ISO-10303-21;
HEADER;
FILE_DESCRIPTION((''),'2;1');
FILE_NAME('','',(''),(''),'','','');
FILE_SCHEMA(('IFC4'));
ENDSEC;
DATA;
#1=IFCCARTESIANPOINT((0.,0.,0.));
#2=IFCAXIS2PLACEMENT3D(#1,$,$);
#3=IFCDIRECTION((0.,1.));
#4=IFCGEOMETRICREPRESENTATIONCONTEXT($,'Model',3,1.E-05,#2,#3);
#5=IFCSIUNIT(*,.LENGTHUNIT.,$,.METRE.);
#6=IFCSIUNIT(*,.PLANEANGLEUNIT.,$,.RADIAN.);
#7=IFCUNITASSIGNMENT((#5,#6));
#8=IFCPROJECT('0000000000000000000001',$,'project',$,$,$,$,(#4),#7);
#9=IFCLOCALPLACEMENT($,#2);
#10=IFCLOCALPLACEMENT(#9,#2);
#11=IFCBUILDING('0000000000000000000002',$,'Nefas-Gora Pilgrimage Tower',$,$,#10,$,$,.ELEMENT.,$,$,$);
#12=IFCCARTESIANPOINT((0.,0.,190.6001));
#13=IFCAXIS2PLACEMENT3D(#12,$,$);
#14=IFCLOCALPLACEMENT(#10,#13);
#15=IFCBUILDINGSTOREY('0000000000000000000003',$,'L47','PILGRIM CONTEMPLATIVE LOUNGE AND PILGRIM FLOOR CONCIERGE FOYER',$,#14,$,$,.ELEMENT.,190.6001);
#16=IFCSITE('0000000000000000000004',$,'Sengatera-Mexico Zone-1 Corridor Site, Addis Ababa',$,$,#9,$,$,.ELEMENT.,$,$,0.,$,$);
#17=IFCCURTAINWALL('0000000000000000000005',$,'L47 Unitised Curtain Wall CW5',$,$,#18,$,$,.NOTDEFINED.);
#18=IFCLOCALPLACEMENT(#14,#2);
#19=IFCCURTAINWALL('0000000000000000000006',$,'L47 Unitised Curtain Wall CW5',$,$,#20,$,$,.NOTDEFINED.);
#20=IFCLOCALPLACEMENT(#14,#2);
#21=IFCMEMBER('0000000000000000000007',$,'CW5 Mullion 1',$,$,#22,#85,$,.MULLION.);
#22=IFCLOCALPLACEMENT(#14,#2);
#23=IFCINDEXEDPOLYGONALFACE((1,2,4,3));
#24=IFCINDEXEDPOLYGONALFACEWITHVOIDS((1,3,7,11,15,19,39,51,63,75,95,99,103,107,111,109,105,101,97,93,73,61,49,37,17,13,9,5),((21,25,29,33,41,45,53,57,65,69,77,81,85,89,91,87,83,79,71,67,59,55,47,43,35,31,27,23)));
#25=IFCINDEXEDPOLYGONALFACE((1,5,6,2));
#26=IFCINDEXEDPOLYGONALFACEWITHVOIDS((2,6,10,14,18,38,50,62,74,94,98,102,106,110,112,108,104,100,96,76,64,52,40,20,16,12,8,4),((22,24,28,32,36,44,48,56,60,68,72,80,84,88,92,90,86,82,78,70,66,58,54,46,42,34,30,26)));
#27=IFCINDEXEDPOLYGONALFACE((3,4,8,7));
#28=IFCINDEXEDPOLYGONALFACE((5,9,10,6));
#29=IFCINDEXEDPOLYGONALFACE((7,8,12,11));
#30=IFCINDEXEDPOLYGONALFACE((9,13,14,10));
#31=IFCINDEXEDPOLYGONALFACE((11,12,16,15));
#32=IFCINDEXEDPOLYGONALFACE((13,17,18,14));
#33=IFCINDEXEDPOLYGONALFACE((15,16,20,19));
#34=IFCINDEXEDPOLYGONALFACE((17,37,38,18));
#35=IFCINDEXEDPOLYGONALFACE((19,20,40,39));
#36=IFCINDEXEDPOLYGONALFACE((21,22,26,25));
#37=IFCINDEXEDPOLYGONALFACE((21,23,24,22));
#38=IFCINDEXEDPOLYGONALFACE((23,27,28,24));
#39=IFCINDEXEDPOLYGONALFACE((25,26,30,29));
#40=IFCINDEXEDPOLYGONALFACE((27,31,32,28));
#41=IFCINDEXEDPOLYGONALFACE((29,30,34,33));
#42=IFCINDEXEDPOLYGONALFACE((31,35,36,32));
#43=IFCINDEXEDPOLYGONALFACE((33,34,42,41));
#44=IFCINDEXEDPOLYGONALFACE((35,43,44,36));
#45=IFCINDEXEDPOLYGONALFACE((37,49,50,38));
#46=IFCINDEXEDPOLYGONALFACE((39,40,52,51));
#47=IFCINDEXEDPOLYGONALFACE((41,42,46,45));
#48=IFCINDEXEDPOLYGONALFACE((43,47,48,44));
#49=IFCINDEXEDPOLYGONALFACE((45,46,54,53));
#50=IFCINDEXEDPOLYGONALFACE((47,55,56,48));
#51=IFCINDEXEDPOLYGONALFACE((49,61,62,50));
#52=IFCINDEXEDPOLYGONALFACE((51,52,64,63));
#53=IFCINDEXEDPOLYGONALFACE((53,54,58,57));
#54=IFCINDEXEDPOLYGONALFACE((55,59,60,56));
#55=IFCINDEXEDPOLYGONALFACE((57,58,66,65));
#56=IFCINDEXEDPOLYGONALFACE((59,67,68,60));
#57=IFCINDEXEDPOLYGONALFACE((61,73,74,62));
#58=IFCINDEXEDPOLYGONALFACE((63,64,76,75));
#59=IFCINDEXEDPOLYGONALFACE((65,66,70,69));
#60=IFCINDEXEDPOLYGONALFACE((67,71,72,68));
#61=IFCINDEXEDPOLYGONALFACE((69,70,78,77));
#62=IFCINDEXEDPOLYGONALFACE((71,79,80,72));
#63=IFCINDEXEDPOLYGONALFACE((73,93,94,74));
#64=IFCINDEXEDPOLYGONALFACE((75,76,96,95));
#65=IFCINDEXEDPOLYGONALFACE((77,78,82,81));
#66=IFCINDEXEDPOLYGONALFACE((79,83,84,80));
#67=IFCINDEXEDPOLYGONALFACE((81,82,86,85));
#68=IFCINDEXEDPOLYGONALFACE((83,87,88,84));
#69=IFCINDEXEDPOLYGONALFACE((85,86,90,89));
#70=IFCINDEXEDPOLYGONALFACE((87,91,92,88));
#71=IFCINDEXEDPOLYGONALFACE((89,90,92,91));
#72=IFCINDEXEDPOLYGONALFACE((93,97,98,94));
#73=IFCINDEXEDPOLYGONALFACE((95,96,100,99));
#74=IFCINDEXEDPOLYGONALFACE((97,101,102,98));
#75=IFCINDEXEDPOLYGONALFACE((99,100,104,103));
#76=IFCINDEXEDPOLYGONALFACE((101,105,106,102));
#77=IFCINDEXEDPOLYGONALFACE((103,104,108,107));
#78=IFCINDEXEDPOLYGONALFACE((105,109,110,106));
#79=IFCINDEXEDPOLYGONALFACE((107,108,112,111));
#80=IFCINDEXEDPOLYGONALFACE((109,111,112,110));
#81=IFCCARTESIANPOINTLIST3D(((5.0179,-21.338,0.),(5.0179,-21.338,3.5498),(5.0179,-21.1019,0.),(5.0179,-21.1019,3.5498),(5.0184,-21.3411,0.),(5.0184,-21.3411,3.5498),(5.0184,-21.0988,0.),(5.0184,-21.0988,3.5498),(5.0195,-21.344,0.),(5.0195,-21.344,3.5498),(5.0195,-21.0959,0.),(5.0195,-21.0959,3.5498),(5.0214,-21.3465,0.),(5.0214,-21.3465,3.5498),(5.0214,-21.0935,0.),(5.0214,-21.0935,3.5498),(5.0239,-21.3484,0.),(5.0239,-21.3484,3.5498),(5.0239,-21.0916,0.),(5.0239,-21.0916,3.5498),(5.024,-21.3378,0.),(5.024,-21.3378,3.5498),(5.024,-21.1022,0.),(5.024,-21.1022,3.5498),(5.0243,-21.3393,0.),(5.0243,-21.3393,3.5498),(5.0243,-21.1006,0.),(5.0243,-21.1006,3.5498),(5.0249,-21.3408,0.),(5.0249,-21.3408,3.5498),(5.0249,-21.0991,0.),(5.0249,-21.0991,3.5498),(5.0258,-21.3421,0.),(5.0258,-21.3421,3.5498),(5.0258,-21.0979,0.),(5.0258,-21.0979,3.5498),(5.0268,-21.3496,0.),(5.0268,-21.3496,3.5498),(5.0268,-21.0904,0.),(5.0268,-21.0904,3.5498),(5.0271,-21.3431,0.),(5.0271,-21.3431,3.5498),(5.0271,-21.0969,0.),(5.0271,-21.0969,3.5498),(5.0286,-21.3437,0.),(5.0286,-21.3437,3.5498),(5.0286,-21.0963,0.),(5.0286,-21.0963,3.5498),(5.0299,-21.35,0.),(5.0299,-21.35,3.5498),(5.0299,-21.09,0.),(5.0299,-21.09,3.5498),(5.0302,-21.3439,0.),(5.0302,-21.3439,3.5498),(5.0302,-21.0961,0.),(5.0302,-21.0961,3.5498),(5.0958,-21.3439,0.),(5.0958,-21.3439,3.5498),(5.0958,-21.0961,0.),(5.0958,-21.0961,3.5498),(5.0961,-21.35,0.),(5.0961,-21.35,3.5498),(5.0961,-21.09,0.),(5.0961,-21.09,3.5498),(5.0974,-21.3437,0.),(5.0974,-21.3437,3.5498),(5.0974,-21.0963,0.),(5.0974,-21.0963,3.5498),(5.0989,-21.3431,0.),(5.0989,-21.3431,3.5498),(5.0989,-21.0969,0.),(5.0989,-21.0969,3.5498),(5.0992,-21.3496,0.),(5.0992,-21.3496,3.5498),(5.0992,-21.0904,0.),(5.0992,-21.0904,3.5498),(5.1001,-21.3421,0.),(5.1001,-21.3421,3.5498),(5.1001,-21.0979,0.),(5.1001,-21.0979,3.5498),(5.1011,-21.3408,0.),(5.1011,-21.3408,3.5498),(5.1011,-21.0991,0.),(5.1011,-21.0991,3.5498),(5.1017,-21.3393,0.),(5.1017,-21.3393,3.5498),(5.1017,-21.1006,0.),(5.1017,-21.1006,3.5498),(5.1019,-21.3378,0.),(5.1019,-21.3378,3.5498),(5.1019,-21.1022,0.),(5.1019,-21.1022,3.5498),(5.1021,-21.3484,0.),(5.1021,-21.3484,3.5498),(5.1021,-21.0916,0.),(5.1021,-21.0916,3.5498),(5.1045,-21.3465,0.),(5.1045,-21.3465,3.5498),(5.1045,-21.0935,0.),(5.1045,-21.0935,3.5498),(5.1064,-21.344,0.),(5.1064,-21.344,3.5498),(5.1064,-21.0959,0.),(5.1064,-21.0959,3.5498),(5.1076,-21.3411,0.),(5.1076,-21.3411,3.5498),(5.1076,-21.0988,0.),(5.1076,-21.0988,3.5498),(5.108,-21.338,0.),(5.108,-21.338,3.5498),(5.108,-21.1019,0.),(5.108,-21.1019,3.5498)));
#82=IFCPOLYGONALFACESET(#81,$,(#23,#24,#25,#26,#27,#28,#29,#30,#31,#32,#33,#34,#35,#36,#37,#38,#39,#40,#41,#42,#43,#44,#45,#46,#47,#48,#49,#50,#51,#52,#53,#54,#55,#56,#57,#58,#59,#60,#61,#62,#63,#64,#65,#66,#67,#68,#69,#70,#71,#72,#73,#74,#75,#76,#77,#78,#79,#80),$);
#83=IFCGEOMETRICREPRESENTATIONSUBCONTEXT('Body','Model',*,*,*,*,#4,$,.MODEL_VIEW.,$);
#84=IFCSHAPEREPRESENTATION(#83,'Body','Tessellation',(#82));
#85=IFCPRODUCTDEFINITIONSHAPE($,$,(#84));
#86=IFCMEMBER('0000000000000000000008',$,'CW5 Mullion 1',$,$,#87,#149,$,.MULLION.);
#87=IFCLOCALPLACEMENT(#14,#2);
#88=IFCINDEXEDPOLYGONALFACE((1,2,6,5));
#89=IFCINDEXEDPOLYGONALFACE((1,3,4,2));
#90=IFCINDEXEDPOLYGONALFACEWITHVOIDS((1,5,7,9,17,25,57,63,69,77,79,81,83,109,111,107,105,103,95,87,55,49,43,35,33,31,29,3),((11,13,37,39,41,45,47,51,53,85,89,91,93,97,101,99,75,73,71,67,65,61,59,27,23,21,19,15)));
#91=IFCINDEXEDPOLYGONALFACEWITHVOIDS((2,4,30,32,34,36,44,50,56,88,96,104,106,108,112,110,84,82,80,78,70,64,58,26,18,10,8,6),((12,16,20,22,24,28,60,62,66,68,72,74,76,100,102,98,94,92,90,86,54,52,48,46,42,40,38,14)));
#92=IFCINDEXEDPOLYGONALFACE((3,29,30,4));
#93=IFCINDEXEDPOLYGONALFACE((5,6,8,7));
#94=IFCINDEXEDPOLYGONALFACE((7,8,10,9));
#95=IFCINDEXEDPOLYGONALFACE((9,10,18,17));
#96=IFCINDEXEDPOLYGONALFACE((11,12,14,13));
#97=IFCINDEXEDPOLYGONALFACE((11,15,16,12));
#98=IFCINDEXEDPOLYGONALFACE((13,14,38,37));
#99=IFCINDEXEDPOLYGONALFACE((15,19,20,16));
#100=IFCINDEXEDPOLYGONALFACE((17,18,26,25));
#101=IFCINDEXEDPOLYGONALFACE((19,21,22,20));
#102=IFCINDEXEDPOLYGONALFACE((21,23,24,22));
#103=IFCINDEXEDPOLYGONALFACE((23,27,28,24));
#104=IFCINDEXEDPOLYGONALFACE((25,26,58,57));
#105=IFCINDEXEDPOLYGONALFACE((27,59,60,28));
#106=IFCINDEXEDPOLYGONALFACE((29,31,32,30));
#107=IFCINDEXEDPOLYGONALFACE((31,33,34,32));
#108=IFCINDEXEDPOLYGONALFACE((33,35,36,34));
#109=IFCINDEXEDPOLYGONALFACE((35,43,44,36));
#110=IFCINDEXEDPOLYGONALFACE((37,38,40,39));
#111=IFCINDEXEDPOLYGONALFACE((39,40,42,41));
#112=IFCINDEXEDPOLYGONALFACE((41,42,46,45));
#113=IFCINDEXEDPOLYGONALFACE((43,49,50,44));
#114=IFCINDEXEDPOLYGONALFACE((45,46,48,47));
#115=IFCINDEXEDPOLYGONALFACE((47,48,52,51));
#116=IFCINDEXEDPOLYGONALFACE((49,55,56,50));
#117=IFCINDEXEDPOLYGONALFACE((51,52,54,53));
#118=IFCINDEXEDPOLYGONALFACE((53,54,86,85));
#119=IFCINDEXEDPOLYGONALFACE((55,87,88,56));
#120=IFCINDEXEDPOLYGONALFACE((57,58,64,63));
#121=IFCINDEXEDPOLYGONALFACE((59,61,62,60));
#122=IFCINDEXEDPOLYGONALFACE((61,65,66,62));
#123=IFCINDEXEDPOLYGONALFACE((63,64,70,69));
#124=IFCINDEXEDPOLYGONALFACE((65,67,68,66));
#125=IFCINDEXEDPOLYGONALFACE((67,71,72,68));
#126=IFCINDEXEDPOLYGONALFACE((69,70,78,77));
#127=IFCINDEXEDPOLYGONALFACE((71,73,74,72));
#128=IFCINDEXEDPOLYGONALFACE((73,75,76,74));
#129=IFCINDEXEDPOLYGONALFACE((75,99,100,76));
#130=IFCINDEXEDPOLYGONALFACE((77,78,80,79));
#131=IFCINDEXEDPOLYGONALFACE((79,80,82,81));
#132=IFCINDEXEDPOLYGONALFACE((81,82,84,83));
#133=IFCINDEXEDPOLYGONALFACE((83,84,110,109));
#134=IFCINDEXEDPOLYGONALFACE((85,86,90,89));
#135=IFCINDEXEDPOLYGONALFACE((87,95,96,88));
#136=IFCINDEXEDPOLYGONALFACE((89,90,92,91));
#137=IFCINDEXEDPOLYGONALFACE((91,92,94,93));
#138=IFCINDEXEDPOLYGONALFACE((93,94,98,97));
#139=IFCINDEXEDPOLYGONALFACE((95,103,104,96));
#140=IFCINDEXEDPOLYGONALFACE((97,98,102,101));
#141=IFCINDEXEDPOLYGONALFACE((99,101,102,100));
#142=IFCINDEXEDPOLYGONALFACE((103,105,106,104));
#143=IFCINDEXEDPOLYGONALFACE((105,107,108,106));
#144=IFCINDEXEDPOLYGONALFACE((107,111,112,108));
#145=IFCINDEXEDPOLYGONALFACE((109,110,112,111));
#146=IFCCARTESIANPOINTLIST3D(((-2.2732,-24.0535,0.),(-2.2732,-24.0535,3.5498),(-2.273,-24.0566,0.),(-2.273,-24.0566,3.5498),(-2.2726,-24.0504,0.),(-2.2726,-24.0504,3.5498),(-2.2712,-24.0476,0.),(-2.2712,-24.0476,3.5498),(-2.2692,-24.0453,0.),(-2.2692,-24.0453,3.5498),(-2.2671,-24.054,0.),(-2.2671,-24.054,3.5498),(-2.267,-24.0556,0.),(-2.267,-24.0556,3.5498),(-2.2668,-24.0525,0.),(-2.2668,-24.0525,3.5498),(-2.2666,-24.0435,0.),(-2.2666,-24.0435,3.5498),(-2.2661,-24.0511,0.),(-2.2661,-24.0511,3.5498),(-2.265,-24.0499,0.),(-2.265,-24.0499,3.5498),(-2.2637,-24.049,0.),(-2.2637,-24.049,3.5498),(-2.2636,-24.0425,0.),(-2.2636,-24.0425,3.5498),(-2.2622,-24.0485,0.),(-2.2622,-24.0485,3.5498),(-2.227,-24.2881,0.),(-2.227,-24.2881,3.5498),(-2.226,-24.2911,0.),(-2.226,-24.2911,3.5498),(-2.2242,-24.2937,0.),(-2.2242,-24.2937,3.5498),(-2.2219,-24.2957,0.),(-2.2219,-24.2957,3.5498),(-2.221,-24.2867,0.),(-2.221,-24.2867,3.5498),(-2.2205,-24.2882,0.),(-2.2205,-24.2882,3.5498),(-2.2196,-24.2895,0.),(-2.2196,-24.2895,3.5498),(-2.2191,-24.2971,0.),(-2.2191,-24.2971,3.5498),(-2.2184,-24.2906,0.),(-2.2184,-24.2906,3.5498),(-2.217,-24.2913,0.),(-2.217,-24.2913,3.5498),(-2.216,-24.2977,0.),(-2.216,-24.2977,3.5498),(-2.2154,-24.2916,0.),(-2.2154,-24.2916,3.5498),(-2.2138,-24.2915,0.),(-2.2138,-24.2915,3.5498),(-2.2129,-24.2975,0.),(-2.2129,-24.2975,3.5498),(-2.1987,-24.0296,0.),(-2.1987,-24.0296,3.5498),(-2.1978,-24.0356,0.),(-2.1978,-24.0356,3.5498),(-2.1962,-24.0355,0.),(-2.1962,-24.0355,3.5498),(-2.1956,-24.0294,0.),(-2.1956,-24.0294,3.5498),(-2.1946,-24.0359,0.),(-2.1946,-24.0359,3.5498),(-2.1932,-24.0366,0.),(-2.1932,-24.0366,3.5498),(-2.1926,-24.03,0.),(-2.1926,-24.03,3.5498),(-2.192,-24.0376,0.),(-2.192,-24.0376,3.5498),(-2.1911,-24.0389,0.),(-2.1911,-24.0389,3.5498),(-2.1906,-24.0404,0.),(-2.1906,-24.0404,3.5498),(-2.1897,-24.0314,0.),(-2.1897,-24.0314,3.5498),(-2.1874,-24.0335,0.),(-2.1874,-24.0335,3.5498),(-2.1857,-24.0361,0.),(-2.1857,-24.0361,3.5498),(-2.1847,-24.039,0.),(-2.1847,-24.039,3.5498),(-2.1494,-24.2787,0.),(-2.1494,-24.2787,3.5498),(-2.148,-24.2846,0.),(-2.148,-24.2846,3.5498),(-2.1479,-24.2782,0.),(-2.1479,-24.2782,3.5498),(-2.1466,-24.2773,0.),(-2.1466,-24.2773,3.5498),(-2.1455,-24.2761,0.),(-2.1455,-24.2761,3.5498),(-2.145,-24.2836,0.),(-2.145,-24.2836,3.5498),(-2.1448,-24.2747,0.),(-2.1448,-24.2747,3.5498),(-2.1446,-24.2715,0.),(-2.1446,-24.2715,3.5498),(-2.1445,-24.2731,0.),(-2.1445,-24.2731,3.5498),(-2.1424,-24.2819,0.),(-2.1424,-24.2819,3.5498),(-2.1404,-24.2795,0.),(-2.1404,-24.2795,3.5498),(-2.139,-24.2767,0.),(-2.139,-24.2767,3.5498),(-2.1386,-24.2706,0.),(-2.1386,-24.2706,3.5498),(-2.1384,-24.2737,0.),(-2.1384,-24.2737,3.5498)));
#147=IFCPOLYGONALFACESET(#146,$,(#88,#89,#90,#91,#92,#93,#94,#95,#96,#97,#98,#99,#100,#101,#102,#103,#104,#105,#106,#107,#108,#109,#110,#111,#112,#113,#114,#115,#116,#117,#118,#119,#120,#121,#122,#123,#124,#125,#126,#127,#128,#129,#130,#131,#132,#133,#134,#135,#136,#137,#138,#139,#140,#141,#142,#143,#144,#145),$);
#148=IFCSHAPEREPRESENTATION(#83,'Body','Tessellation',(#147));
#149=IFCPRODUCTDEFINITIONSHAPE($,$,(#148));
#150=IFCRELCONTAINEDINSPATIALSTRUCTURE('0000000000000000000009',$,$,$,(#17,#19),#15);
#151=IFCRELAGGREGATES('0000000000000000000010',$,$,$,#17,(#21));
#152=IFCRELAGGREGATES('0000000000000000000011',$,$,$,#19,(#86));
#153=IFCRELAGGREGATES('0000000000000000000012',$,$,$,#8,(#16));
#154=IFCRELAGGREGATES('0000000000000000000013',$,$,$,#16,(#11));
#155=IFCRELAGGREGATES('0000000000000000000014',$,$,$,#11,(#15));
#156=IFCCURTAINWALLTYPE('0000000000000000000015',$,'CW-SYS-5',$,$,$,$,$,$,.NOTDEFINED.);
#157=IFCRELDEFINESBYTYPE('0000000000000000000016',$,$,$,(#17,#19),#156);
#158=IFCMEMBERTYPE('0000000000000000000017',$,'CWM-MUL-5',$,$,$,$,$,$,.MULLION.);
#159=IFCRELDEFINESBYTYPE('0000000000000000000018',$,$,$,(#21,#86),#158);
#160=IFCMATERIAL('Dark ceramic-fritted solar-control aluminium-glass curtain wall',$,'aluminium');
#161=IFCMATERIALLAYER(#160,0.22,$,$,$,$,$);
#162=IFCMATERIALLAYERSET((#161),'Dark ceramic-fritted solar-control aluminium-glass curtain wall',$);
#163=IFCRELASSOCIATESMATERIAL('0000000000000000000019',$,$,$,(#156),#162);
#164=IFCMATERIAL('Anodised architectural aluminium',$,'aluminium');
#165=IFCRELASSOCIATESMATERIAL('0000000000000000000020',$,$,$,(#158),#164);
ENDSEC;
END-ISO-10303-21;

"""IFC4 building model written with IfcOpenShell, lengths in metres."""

from ifc_helpers import new_model, si_unit, direction, frame, origin, origin_2d, place, context, subcontext, project, spatial, hollow_rectangle, extrude, source, transform, mapped, material, layer, layer_set, material_profile, profile_set, type_object, element, aggregate, save


model = new_model("IFC4")

# Units and contexts
model_context = context("Model", 3, precision=1e-05, world=origin(), true_north=direction((0.0, 1.0)))
body_context = subcontext(model_context, "Body", "Model", "MODEL_VIEW")
ifc_project = project(units=[si_unit("LENGTHUNIT", "METRE"), si_unit("PLANEANGLEUNIT", "RADIAN")], contexts=[model_context])

# Site, building, storey
site_placement = place(None, origin())
site = spatial("IfcSite", under=ifc_project, at=site_placement, Name="Sengatera-Mexico Zone-1 Corridor Site, Addis Ababa", CompositionType="ELEMENT", RefElevation=0.0)
building_placement = place(site_placement, origin())
building = spatial("IfcBuilding", under=site, at=building_placement, Name="Nefas-Gora Pilgrimage Tower", CompositionType="ELEMENT")
storey_placement = place(building_placement, frame((0.0, 0.0, 190.6001)))
storey = spatial("IfcBuildingStorey", under=building, at=storey_placement, Name="L47", Description="PILGRIM CONTEMPLATIVE LOUNGE AND PILGRIM FLOOR CONCIERGE FOYER", CompositionType="ELEMENT", Elevation=190.6001)

# Curtain walls
ifc_material_1 = material(Name="Dark ceramic-fritted solar-control aluminium-glass curtain wall", Category="aluminium")
ifc_layer_1 = layer(ifc_material_1, 0.22)
ifc_layer_set_1 = layer_set([ifc_layer_1], Name="Dark ceramic-fritted solar-control aluminium-glass curtain wall")
curtain_wall_type = type_object("IfcCurtainWallType", Name="CW-SYS-5", PredefinedType="NOTDEFINED", material=ifc_layer_set_1)
curtain_wall_1_placement = place(storey_placement, origin())
curtain_wall_1 = element("IfcCurtainWall", 1, at=curtain_wall_1_placement, inside=storey, type_object=curtain_wall_type, Name="L47 Unitised Curtain Wall CW5", PredefinedType="NOTDEFINED")
ifc_material_2 = material(Name="Anodised architectural aluminium", Category="aluminium")
curtain_wall_2_placement = place(storey_placement, origin())
curtain_wall_2 = element("IfcCurtainWall", 2, at=curtain_wall_2_placement, inside=storey, type_object=curtain_wall_type, Name="L47 Unitised Curtain Wall CW5", PredefinedType="NOTDEFINED")

# Members
ifc_material_profile_1 = material_profile(ifc_material_2, hollow_rectangle(XDim=0.0901, YDim=0.26, WallThickness=0.0061, InnerFilletRadius=0.0061, OuterFilletRadius=0.012, at=origin_2d()), Name="ALU MULLION 90x260")
ifc_profile_set_1 = profile_set([ifc_material_profile_1], Name="Anodised architectural aluminium")
member_type_1 = type_object("IfcMemberType", Name="CWM-MUL-5", PredefinedType="MULLION", material=ifc_profile_set_1)
shared_shape_1 = source(origin(), body_context, "Body", "SweptSolid", [
    extrude(hollow_rectangle(XDim=0.0901, YDim=0.26, WallThickness=0.0061, InnerFilletRadius=0.0061, OuterFilletRadius=0.012, at=origin_2d()), origin(), (0.0, 0.0, 1.0), 3.5498),
])
member_1_placement = place(storey_placement, frame((5.063, -21.22, 0.0), z_axis=(0.0, 0.0, 1.0), x_axis=(1.0, 0.0, 0.0)))
member_1 = element("IfcMember", 3, at=member_1_placement, type_object=member_type_1, Name="CW5 Mullion 1", PredefinedType="MULLION", context=body_context, shape_type="MappedRepresentation", body=[
    mapped(shared_shape_1, transform((0.0, 0.0, 0.0), x_axis=(1.0, 0.0, 0.0), y_axis=(0.0, 1.0, 0.0), z_axis=(0.0, 0.0, 1.0), scale=1.0)),
])
member_2_placement = place(storey_placement, frame((-2.2058, -24.1636, 0.0), z_axis=(0.0, 0.0, 1.0), x_axis=(0.980783, 0.195102, 0.0)))
member_2 = element("IfcMember", 4, at=member_2_placement, type_object=member_type_1, Name="CW5 Mullion 1", PredefinedType="MULLION", context=body_context, shape_type="MappedRepresentation", body=[
    mapped(shared_shape_1, transform((0.0, 0.0, 0.0), x_axis=(1.0, 0.0, 0.0), y_axis=(0.0, 1.0, 0.0), z_axis=(0.0, 0.0, 1.0), scale=1.0)),
])

aggregate(curtain_wall_1, [member_1])
aggregate(curtain_wall_2, [member_2])

save(model, "model.ifc")
